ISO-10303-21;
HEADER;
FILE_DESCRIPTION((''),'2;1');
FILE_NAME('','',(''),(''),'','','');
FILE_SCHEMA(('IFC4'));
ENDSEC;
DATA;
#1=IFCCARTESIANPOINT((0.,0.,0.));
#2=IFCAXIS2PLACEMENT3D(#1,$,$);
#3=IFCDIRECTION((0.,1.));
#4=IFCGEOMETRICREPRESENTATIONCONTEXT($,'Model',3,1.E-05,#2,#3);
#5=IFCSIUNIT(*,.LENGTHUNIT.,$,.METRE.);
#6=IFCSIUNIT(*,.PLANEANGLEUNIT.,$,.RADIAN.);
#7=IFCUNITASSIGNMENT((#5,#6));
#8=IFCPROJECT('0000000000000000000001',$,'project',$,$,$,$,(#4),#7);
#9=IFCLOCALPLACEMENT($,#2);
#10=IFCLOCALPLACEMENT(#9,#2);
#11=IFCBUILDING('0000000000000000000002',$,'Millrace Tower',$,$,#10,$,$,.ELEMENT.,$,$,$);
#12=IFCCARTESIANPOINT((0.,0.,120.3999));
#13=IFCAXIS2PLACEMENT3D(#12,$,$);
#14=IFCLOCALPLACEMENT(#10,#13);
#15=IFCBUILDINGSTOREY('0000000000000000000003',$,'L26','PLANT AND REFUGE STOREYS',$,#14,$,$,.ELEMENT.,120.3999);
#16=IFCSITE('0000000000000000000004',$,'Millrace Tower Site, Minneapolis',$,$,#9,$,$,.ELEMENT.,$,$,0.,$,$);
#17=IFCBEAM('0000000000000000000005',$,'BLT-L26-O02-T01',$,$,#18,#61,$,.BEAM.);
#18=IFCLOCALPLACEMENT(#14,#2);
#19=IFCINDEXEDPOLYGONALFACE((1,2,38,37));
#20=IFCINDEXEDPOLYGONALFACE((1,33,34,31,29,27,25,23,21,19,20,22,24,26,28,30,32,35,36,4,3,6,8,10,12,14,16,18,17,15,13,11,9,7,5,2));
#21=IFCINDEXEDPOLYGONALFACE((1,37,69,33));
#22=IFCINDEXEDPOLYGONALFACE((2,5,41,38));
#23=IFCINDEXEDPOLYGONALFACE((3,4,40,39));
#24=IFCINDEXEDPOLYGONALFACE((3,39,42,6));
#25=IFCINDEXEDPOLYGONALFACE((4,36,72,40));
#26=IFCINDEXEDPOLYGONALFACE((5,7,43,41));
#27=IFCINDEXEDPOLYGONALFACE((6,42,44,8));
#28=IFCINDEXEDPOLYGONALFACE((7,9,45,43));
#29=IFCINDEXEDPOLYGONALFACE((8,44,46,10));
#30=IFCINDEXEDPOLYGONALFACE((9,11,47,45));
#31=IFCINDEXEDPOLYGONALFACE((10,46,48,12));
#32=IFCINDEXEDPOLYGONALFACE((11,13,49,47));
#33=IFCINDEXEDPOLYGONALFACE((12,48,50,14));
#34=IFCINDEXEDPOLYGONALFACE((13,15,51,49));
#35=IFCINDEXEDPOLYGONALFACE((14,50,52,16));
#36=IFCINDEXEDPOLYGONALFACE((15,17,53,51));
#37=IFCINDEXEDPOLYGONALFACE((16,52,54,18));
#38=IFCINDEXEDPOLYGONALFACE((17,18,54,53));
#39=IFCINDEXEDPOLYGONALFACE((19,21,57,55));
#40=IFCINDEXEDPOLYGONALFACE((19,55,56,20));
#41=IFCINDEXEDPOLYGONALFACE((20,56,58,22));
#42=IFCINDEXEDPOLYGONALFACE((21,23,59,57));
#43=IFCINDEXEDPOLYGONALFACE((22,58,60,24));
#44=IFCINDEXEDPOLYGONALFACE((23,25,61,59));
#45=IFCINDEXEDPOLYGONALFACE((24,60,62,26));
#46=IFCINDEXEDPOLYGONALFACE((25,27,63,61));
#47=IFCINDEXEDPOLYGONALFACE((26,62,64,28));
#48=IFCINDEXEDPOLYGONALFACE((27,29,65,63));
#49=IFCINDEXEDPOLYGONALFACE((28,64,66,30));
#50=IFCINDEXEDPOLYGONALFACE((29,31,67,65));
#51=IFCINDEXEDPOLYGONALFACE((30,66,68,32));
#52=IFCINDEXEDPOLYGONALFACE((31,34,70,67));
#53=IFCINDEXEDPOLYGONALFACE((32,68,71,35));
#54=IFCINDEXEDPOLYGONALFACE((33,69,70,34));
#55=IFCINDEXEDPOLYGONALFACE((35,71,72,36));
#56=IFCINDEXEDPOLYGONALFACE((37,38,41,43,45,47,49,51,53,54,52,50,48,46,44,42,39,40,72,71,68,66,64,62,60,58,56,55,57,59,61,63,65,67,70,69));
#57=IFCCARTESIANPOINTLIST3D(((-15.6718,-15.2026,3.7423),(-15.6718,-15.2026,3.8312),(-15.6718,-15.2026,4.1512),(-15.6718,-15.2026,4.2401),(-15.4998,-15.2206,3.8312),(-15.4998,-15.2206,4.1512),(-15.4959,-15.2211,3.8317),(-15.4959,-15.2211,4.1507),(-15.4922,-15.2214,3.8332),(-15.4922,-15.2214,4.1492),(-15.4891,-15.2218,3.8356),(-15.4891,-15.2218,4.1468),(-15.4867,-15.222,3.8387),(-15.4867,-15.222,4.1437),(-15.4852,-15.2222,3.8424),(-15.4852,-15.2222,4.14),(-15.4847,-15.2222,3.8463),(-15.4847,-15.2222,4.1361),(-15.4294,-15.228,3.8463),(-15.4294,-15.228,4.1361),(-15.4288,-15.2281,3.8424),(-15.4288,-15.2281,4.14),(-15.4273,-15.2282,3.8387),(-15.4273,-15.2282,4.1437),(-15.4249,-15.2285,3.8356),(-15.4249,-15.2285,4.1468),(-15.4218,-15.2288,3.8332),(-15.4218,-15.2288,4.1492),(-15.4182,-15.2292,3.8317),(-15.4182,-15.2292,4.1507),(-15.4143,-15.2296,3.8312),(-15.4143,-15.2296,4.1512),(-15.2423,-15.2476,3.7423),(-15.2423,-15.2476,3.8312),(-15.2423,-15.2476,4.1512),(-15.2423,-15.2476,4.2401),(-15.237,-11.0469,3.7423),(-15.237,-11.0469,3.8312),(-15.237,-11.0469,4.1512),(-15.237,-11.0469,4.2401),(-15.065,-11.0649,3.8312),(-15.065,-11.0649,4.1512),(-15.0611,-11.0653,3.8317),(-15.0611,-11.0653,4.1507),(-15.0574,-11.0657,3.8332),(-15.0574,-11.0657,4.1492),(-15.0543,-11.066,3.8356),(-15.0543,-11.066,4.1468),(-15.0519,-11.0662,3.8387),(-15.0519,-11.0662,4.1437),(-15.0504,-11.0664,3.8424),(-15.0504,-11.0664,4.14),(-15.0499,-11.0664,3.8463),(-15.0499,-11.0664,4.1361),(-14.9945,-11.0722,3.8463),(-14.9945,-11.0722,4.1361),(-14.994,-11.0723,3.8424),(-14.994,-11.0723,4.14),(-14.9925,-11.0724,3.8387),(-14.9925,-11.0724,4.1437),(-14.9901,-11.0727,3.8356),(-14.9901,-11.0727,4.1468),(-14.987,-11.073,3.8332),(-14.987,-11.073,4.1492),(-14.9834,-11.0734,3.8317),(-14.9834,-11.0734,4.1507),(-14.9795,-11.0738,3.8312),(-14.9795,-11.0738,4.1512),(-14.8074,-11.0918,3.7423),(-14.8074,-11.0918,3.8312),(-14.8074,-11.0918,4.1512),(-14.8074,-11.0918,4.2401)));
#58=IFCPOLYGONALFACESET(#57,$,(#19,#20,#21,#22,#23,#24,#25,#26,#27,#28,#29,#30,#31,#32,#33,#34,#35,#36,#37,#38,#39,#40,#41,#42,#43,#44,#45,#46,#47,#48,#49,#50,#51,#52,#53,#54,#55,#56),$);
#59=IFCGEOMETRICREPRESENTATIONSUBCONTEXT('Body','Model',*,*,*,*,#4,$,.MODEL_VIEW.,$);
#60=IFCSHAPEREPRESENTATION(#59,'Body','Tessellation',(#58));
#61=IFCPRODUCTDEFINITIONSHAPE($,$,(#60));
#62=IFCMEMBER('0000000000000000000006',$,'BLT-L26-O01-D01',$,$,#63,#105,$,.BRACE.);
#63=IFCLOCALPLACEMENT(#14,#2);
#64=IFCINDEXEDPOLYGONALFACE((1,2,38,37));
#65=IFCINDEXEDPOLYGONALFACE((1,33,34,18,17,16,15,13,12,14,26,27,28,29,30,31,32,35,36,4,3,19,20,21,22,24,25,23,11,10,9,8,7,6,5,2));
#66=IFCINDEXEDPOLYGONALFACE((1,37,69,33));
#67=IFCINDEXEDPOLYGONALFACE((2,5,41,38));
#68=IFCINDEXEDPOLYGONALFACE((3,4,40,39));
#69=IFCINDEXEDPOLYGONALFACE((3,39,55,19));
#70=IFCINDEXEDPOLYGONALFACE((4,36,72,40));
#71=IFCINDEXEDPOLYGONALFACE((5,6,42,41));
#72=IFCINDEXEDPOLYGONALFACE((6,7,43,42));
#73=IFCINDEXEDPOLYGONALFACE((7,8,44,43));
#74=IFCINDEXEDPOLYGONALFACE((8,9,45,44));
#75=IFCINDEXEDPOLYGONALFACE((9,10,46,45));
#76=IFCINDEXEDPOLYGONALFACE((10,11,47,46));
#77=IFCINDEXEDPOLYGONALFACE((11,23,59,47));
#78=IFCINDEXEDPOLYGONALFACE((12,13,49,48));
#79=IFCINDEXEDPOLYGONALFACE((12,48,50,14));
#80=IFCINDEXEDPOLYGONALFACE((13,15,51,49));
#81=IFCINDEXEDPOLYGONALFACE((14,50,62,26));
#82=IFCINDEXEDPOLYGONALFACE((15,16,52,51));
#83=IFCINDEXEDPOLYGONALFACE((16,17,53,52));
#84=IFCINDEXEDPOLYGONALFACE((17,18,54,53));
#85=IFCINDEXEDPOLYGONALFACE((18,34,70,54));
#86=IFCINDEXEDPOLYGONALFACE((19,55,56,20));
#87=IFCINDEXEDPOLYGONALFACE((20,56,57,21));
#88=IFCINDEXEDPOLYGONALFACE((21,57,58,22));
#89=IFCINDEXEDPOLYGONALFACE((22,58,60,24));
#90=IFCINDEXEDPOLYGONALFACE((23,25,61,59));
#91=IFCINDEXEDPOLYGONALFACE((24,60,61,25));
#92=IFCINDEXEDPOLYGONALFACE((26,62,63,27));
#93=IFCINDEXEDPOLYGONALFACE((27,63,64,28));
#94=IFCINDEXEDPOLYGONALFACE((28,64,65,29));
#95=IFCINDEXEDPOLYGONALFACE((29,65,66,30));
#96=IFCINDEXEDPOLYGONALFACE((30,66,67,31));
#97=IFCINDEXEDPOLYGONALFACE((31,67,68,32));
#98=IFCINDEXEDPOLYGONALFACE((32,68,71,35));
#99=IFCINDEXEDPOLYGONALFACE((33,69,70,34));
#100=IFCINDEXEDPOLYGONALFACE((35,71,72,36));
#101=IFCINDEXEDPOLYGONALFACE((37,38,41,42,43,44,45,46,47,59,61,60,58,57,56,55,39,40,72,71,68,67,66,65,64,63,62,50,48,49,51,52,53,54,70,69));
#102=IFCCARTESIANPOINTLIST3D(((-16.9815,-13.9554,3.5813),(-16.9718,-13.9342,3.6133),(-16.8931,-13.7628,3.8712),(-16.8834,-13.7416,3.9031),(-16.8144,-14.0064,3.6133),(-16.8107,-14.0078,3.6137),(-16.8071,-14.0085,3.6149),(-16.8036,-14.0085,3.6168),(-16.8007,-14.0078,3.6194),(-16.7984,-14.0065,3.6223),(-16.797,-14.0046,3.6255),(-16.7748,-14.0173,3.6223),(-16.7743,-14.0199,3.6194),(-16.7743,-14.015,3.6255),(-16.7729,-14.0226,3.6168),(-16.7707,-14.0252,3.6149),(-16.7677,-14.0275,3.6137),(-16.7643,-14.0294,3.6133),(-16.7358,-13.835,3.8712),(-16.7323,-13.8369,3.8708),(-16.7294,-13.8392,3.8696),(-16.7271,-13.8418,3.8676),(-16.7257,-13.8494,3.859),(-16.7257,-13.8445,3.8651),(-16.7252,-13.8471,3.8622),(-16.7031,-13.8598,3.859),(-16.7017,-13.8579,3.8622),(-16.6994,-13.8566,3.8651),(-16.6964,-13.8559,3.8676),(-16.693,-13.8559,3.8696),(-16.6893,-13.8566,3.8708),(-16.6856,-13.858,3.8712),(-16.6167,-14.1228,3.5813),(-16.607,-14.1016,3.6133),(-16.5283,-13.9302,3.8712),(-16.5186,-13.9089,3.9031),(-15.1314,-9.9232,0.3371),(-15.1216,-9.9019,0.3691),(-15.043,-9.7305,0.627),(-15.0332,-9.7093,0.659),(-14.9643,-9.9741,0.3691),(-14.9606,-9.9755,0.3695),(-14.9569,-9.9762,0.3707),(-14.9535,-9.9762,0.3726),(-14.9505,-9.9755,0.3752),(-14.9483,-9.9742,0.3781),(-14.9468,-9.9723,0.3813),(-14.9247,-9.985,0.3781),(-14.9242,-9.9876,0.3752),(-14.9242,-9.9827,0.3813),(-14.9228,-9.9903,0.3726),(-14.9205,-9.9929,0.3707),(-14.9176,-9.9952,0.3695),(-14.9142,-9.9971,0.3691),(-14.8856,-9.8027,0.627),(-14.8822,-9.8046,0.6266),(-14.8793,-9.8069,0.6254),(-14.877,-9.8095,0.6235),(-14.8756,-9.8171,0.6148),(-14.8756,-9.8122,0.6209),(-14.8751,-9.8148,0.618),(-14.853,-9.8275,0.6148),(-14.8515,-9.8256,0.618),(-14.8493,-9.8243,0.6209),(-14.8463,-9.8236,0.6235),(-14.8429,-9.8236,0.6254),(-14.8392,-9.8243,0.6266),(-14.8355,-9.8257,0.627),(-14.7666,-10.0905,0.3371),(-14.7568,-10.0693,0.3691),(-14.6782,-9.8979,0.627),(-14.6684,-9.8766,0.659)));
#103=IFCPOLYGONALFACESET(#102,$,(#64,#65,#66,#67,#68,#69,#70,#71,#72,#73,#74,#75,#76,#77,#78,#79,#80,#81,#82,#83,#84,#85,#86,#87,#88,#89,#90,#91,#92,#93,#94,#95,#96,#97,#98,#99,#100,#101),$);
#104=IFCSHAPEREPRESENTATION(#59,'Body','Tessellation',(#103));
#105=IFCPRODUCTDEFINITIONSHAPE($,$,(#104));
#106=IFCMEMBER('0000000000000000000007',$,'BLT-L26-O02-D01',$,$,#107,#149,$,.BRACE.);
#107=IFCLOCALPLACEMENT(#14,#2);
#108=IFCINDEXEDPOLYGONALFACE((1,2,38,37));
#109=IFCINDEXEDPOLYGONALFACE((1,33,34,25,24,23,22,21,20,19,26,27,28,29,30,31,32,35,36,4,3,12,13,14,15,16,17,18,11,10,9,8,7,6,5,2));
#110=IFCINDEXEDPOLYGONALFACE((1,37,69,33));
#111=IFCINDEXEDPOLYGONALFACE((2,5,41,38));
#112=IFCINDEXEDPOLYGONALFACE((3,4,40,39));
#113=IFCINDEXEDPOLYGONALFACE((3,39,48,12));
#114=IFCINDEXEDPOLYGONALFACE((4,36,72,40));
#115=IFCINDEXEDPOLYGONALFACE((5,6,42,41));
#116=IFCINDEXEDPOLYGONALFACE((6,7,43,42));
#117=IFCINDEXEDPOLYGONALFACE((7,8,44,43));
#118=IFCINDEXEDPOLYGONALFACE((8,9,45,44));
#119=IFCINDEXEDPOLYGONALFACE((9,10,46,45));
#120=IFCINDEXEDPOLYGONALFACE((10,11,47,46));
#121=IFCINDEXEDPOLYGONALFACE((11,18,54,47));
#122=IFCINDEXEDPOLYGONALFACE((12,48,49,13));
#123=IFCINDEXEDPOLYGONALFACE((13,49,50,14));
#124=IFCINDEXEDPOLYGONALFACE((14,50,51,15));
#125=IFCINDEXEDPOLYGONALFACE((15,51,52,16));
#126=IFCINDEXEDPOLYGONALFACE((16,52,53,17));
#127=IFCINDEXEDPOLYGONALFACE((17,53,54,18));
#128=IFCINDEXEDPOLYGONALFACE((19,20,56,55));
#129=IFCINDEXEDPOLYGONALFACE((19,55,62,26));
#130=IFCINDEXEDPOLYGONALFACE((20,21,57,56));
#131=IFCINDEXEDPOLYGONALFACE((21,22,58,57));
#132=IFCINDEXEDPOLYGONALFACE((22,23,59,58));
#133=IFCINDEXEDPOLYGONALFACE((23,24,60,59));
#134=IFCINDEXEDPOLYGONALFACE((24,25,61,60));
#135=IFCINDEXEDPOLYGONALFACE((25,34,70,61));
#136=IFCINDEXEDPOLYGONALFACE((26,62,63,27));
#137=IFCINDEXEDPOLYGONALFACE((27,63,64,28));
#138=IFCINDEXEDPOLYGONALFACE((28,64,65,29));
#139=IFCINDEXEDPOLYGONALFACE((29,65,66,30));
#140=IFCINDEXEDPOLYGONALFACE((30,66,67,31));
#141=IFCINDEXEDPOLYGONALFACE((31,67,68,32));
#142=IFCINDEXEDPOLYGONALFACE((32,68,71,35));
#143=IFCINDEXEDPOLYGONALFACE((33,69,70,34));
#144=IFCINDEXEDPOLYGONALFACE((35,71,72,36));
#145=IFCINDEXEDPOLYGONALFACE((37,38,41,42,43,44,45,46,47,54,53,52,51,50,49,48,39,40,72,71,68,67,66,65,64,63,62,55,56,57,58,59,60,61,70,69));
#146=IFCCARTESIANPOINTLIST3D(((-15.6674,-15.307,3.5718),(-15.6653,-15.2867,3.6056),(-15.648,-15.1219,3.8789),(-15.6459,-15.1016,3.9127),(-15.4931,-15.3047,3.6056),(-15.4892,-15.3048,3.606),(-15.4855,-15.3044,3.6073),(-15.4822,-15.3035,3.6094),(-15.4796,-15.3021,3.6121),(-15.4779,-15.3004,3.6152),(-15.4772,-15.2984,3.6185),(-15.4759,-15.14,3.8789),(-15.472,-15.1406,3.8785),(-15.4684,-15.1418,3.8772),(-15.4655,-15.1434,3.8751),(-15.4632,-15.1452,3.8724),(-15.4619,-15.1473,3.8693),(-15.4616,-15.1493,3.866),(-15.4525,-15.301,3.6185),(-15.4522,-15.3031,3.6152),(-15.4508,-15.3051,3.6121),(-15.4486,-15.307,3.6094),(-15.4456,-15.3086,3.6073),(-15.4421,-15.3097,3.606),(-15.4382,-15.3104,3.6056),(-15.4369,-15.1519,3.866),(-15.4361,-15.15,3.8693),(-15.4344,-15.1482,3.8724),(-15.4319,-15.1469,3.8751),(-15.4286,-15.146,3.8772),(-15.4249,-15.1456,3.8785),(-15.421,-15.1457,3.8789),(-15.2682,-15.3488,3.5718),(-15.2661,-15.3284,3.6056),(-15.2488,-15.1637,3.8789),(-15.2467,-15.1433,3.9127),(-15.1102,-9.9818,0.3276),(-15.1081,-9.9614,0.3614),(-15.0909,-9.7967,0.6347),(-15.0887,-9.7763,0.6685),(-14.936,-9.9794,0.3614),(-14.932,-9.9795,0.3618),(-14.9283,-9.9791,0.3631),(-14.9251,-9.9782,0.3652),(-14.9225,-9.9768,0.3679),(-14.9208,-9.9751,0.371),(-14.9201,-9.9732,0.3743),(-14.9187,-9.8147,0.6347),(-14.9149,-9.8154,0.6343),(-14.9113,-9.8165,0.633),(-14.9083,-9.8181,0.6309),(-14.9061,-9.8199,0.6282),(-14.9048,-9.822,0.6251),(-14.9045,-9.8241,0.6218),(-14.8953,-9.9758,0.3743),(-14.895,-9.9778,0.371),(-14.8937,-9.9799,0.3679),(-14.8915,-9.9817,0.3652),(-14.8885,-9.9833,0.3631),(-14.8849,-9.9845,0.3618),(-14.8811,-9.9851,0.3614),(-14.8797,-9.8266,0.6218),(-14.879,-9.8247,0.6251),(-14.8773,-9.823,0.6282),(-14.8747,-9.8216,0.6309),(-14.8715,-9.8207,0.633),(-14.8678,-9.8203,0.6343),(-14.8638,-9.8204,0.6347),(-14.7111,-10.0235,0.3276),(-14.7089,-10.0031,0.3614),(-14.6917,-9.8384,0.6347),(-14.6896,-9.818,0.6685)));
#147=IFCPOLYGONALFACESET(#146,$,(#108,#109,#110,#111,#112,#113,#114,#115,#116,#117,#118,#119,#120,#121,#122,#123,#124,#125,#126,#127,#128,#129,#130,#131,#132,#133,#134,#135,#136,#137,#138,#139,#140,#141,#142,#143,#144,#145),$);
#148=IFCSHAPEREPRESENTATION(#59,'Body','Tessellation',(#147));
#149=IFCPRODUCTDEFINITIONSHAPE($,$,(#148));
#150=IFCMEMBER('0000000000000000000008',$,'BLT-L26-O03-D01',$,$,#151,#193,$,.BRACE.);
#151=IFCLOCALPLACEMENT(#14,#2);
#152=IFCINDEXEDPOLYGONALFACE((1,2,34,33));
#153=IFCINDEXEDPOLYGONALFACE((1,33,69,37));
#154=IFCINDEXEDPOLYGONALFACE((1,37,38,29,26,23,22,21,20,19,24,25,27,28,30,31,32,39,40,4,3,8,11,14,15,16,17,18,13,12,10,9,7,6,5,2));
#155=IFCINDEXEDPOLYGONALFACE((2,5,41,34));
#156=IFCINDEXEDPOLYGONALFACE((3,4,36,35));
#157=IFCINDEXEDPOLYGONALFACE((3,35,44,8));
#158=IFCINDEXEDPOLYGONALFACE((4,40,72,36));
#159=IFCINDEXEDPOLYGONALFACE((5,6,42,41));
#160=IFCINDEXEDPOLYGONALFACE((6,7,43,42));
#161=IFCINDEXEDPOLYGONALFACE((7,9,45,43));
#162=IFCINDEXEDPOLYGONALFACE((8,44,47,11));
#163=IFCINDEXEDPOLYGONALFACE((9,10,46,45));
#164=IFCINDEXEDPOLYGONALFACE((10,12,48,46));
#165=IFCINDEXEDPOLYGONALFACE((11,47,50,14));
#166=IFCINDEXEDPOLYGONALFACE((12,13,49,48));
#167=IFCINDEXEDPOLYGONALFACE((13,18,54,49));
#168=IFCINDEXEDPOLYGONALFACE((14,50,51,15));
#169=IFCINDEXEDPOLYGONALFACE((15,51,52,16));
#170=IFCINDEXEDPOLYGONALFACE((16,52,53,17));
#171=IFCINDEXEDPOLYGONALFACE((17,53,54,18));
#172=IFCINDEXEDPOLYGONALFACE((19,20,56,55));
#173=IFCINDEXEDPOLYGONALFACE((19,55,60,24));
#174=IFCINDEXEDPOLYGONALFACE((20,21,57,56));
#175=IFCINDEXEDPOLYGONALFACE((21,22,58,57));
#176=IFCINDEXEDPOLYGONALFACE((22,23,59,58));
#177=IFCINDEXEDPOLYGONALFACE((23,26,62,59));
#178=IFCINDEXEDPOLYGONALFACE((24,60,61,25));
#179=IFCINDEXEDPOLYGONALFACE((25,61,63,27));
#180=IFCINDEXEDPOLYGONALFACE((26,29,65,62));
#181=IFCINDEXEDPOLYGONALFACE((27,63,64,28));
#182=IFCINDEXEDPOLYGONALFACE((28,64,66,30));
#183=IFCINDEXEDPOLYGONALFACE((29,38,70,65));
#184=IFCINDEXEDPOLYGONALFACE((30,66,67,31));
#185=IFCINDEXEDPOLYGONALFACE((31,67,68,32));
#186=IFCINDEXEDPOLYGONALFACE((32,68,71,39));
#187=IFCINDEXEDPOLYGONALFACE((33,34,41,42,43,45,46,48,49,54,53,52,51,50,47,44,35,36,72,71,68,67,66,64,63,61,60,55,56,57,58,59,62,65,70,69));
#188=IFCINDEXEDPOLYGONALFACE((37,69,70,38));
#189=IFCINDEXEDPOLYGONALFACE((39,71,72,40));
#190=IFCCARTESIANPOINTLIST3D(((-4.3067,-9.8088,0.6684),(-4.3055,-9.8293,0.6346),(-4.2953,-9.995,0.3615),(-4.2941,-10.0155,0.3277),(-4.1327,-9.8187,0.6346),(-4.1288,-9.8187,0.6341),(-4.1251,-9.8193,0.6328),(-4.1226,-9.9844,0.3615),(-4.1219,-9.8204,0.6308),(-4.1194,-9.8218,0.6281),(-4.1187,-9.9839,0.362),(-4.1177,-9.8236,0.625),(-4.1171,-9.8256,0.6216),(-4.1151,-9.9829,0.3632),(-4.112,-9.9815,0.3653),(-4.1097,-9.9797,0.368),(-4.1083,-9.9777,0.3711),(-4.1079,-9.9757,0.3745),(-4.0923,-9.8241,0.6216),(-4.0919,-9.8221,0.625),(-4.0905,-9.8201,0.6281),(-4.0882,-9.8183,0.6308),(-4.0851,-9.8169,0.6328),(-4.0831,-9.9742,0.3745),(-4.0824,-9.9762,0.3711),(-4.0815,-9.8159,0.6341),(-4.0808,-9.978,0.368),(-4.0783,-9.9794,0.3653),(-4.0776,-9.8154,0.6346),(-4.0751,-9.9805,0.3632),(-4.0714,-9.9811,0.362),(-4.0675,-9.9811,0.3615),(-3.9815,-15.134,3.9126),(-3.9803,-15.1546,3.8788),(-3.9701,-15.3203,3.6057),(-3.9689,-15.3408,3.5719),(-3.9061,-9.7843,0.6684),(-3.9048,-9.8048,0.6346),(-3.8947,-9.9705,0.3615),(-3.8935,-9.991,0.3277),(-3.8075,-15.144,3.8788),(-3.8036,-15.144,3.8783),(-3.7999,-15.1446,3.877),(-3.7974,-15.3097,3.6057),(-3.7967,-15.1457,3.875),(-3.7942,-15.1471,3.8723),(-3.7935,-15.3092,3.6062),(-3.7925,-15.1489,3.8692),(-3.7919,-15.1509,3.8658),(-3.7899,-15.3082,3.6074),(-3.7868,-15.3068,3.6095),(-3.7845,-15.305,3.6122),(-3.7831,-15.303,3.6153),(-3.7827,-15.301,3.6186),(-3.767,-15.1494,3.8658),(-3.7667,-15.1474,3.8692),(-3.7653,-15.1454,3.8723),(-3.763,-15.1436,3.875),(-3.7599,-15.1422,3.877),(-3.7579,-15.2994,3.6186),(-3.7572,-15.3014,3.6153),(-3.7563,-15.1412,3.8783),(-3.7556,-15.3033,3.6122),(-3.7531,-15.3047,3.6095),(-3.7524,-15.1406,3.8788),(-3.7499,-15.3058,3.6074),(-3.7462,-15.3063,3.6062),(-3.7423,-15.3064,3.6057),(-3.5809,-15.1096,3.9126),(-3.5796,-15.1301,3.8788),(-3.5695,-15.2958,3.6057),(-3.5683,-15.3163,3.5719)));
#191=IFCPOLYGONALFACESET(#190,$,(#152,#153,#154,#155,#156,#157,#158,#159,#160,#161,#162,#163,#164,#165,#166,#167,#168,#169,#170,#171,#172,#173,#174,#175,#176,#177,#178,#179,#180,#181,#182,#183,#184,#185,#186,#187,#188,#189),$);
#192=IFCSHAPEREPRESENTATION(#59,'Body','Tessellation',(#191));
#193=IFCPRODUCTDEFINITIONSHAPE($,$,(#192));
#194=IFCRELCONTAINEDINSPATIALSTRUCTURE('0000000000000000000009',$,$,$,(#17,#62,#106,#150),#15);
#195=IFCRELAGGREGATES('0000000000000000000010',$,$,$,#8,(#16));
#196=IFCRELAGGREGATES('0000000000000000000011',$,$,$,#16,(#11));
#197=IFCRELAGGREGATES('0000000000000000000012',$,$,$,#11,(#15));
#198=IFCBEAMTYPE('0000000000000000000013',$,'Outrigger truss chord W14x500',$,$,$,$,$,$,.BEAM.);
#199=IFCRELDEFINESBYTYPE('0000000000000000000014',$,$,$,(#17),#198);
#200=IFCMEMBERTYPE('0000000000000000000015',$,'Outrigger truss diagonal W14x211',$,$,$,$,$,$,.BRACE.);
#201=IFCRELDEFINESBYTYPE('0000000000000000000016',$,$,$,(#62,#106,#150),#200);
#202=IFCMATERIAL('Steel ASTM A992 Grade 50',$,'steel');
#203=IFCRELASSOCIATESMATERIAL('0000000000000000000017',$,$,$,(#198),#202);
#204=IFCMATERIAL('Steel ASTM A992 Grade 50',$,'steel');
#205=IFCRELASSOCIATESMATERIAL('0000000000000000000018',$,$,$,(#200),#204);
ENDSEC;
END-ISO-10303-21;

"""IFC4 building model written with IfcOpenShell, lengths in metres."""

from ifc_helpers import new_model, si_unit, direction, frame, origin, origin_2d, place, context, subcontext, project, spatial, i_section, extrude, material, material_profile, profile_set, type_object, element, save


model = new_model("IFC4")

# Units and contexts
model_context = context("Model", 3, precision=1e-05, world=origin(), true_north=direction((0.0, 1.0)))
body_context = subcontext(model_context, "Body", "Model", "MODEL_VIEW")
ifc_project = project(units=[si_unit("LENGTHUNIT", "METRE"), si_unit("PLANEANGLEUNIT", "RADIAN")], contexts=[model_context])

# Site, building, storey
site_placement = place(None, origin())
site = spatial("IfcSite", under=ifc_project, at=site_placement, Name="Millrace Tower Site, Minneapolis", CompositionType="ELEMENT", RefElevation=0.0)
building_placement = place(site_placement, origin())
building = spatial("IfcBuilding", under=site, at=building_placement, Name="Millrace Tower", CompositionType="ELEMENT")
storey_placement = place(building_placement, frame((0.0, 0.0, 120.3999)))
storey = spatial("IfcBuildingStorey", under=building, at=storey_placement, Name="L26", Description="PLANT AND REFUGE STOREYS", CompositionType="ELEMENT", Elevation=120.3999)

# Beam
ifc_material_1 = material(Name="Steel ASTM A992 Grade 50", Category="steel")
ifc_material_profile_1 = material_profile(ifc_material_1, i_section(OverallWidth=0.4319, OverallDepth=0.4978, WebThickness=0.0557, FlangeThickness=0.0889, FilletRadius=0.0151, at=origin_2d()))
ifc_profile_set_1 = profile_set([ifc_material_profile_1], Name="Steel ASTM A992 Grade 50")
beam_type_1 = type_object("IfcBeamType", Name="Outrigger truss chord W14x500", PredefinedType="BEAM", material=ifc_profile_set_1)
beam_1_placement = place(storey_placement, frame((-15.0222, -11.0693, 3.9912), z_axis=(-0.104061, -0.994571, 0.0), x_axis=(0.994571, -0.104061, 0.0)))
element("IfcBeam", 1, at=beam_1_placement, inside=storey, type_object=beam_type_1, Name="BLT-L26-O02-T01", PredefinedType="BEAM", context=body_context, shape_type="SweptSolid", body=[
    extrude(i_section(OverallWidth=0.4319, OverallDepth=0.4978, WebThickness=0.0557, FlangeThickness=0.0889, FilletRadius=0.0151, at=origin_2d()), origin(), (0.0, 0.0, 1.0), 4.1785),
])

# Members
ifc_material_2 = material(Name="Steel ASTM A992 Grade 50", Category="steel")
ifc_material_profile_2 = material_profile(ifc_material_2, i_section(OverallWidth=0.4014, OverallDepth=0.3987, WebThickness=0.0249, FlangeThickness=0.0396, FilletRadius=0.0151, at=origin_2d()))
ifc_profile_set_2 = profile_set([ifc_material_profile_2], Name="Steel ASTM A992 Grade 50")
member_type_1 = type_object("IfcMemberType", Name="Outrigger truss diagonal W14x211", PredefinedType="BRACE", material=ifc_profile_set_2)
member_1_placement = place(storey_placement, frame((-14.8999, -9.8999, 0.498), z_axis=(-0.336625, -0.733664, 0.590272), x_axis=(0.908895, -0.417026, 0.0)))
element("IfcMember", 2, at=member_1_placement, inside=storey, type_object=member_type_1, Name="BLT-L26-O01-D01", PredefinedType="BRACE", context=body_context, shape_type="SweptSolid", body=[
    extrude(i_section(OverallWidth=0.4014, OverallDepth=0.3987, WebThickness=0.0249, FlangeThickness=0.0396, FilletRadius=0.0151, at=origin_2d()), origin(), (0.0, 0.0, 1.0), 5.4961),
])
member_2_placement = place(storey_placement, frame((-14.8999, -9.8999, 0.498), z_axis=(-0.088993, -0.850616, 0.518201), x_axis=(0.994572, -0.104053, 0.0)))
element("IfcMember", 3, at=member_2_placement, inside=storey, type_object=member_type_1, Name="BLT-L26-O02-D01", PredefinedType="BRACE", context=body_context, shape_type="SweptSolid", body=[
    extrude(i_section(OverallWidth=0.4014, OverallDepth=0.3987, WebThickness=0.0249, FlangeThickness=0.0396, FilletRadius=0.0151, at=origin_2d()), origin(), (0.0, 0.0, 1.0), 6.2605),
])
member_3_placement = place(storey_placement, frame((-4.1001, -9.8999, 0.498), z_axis=(0.052081, -0.852846, 0.519559), x_axis=(0.998141, 0.060954, 0.0)))
element("IfcMember", 4, at=member_3_placement, inside=storey, type_object=member_type_1, Name="BLT-L26-O03-D01", PredefinedType="BRACE", context=body_context, shape_type="SweptSolid", body=[
    extrude(i_section(OverallWidth=0.4014, OverallDepth=0.3987, WebThickness=0.0249, FlangeThickness=0.0396, FilletRadius=0.0151, at=origin_2d()), origin(), (0.0, 0.0, 1.0), 6.2441),
])

save(model, "model.ifc")
